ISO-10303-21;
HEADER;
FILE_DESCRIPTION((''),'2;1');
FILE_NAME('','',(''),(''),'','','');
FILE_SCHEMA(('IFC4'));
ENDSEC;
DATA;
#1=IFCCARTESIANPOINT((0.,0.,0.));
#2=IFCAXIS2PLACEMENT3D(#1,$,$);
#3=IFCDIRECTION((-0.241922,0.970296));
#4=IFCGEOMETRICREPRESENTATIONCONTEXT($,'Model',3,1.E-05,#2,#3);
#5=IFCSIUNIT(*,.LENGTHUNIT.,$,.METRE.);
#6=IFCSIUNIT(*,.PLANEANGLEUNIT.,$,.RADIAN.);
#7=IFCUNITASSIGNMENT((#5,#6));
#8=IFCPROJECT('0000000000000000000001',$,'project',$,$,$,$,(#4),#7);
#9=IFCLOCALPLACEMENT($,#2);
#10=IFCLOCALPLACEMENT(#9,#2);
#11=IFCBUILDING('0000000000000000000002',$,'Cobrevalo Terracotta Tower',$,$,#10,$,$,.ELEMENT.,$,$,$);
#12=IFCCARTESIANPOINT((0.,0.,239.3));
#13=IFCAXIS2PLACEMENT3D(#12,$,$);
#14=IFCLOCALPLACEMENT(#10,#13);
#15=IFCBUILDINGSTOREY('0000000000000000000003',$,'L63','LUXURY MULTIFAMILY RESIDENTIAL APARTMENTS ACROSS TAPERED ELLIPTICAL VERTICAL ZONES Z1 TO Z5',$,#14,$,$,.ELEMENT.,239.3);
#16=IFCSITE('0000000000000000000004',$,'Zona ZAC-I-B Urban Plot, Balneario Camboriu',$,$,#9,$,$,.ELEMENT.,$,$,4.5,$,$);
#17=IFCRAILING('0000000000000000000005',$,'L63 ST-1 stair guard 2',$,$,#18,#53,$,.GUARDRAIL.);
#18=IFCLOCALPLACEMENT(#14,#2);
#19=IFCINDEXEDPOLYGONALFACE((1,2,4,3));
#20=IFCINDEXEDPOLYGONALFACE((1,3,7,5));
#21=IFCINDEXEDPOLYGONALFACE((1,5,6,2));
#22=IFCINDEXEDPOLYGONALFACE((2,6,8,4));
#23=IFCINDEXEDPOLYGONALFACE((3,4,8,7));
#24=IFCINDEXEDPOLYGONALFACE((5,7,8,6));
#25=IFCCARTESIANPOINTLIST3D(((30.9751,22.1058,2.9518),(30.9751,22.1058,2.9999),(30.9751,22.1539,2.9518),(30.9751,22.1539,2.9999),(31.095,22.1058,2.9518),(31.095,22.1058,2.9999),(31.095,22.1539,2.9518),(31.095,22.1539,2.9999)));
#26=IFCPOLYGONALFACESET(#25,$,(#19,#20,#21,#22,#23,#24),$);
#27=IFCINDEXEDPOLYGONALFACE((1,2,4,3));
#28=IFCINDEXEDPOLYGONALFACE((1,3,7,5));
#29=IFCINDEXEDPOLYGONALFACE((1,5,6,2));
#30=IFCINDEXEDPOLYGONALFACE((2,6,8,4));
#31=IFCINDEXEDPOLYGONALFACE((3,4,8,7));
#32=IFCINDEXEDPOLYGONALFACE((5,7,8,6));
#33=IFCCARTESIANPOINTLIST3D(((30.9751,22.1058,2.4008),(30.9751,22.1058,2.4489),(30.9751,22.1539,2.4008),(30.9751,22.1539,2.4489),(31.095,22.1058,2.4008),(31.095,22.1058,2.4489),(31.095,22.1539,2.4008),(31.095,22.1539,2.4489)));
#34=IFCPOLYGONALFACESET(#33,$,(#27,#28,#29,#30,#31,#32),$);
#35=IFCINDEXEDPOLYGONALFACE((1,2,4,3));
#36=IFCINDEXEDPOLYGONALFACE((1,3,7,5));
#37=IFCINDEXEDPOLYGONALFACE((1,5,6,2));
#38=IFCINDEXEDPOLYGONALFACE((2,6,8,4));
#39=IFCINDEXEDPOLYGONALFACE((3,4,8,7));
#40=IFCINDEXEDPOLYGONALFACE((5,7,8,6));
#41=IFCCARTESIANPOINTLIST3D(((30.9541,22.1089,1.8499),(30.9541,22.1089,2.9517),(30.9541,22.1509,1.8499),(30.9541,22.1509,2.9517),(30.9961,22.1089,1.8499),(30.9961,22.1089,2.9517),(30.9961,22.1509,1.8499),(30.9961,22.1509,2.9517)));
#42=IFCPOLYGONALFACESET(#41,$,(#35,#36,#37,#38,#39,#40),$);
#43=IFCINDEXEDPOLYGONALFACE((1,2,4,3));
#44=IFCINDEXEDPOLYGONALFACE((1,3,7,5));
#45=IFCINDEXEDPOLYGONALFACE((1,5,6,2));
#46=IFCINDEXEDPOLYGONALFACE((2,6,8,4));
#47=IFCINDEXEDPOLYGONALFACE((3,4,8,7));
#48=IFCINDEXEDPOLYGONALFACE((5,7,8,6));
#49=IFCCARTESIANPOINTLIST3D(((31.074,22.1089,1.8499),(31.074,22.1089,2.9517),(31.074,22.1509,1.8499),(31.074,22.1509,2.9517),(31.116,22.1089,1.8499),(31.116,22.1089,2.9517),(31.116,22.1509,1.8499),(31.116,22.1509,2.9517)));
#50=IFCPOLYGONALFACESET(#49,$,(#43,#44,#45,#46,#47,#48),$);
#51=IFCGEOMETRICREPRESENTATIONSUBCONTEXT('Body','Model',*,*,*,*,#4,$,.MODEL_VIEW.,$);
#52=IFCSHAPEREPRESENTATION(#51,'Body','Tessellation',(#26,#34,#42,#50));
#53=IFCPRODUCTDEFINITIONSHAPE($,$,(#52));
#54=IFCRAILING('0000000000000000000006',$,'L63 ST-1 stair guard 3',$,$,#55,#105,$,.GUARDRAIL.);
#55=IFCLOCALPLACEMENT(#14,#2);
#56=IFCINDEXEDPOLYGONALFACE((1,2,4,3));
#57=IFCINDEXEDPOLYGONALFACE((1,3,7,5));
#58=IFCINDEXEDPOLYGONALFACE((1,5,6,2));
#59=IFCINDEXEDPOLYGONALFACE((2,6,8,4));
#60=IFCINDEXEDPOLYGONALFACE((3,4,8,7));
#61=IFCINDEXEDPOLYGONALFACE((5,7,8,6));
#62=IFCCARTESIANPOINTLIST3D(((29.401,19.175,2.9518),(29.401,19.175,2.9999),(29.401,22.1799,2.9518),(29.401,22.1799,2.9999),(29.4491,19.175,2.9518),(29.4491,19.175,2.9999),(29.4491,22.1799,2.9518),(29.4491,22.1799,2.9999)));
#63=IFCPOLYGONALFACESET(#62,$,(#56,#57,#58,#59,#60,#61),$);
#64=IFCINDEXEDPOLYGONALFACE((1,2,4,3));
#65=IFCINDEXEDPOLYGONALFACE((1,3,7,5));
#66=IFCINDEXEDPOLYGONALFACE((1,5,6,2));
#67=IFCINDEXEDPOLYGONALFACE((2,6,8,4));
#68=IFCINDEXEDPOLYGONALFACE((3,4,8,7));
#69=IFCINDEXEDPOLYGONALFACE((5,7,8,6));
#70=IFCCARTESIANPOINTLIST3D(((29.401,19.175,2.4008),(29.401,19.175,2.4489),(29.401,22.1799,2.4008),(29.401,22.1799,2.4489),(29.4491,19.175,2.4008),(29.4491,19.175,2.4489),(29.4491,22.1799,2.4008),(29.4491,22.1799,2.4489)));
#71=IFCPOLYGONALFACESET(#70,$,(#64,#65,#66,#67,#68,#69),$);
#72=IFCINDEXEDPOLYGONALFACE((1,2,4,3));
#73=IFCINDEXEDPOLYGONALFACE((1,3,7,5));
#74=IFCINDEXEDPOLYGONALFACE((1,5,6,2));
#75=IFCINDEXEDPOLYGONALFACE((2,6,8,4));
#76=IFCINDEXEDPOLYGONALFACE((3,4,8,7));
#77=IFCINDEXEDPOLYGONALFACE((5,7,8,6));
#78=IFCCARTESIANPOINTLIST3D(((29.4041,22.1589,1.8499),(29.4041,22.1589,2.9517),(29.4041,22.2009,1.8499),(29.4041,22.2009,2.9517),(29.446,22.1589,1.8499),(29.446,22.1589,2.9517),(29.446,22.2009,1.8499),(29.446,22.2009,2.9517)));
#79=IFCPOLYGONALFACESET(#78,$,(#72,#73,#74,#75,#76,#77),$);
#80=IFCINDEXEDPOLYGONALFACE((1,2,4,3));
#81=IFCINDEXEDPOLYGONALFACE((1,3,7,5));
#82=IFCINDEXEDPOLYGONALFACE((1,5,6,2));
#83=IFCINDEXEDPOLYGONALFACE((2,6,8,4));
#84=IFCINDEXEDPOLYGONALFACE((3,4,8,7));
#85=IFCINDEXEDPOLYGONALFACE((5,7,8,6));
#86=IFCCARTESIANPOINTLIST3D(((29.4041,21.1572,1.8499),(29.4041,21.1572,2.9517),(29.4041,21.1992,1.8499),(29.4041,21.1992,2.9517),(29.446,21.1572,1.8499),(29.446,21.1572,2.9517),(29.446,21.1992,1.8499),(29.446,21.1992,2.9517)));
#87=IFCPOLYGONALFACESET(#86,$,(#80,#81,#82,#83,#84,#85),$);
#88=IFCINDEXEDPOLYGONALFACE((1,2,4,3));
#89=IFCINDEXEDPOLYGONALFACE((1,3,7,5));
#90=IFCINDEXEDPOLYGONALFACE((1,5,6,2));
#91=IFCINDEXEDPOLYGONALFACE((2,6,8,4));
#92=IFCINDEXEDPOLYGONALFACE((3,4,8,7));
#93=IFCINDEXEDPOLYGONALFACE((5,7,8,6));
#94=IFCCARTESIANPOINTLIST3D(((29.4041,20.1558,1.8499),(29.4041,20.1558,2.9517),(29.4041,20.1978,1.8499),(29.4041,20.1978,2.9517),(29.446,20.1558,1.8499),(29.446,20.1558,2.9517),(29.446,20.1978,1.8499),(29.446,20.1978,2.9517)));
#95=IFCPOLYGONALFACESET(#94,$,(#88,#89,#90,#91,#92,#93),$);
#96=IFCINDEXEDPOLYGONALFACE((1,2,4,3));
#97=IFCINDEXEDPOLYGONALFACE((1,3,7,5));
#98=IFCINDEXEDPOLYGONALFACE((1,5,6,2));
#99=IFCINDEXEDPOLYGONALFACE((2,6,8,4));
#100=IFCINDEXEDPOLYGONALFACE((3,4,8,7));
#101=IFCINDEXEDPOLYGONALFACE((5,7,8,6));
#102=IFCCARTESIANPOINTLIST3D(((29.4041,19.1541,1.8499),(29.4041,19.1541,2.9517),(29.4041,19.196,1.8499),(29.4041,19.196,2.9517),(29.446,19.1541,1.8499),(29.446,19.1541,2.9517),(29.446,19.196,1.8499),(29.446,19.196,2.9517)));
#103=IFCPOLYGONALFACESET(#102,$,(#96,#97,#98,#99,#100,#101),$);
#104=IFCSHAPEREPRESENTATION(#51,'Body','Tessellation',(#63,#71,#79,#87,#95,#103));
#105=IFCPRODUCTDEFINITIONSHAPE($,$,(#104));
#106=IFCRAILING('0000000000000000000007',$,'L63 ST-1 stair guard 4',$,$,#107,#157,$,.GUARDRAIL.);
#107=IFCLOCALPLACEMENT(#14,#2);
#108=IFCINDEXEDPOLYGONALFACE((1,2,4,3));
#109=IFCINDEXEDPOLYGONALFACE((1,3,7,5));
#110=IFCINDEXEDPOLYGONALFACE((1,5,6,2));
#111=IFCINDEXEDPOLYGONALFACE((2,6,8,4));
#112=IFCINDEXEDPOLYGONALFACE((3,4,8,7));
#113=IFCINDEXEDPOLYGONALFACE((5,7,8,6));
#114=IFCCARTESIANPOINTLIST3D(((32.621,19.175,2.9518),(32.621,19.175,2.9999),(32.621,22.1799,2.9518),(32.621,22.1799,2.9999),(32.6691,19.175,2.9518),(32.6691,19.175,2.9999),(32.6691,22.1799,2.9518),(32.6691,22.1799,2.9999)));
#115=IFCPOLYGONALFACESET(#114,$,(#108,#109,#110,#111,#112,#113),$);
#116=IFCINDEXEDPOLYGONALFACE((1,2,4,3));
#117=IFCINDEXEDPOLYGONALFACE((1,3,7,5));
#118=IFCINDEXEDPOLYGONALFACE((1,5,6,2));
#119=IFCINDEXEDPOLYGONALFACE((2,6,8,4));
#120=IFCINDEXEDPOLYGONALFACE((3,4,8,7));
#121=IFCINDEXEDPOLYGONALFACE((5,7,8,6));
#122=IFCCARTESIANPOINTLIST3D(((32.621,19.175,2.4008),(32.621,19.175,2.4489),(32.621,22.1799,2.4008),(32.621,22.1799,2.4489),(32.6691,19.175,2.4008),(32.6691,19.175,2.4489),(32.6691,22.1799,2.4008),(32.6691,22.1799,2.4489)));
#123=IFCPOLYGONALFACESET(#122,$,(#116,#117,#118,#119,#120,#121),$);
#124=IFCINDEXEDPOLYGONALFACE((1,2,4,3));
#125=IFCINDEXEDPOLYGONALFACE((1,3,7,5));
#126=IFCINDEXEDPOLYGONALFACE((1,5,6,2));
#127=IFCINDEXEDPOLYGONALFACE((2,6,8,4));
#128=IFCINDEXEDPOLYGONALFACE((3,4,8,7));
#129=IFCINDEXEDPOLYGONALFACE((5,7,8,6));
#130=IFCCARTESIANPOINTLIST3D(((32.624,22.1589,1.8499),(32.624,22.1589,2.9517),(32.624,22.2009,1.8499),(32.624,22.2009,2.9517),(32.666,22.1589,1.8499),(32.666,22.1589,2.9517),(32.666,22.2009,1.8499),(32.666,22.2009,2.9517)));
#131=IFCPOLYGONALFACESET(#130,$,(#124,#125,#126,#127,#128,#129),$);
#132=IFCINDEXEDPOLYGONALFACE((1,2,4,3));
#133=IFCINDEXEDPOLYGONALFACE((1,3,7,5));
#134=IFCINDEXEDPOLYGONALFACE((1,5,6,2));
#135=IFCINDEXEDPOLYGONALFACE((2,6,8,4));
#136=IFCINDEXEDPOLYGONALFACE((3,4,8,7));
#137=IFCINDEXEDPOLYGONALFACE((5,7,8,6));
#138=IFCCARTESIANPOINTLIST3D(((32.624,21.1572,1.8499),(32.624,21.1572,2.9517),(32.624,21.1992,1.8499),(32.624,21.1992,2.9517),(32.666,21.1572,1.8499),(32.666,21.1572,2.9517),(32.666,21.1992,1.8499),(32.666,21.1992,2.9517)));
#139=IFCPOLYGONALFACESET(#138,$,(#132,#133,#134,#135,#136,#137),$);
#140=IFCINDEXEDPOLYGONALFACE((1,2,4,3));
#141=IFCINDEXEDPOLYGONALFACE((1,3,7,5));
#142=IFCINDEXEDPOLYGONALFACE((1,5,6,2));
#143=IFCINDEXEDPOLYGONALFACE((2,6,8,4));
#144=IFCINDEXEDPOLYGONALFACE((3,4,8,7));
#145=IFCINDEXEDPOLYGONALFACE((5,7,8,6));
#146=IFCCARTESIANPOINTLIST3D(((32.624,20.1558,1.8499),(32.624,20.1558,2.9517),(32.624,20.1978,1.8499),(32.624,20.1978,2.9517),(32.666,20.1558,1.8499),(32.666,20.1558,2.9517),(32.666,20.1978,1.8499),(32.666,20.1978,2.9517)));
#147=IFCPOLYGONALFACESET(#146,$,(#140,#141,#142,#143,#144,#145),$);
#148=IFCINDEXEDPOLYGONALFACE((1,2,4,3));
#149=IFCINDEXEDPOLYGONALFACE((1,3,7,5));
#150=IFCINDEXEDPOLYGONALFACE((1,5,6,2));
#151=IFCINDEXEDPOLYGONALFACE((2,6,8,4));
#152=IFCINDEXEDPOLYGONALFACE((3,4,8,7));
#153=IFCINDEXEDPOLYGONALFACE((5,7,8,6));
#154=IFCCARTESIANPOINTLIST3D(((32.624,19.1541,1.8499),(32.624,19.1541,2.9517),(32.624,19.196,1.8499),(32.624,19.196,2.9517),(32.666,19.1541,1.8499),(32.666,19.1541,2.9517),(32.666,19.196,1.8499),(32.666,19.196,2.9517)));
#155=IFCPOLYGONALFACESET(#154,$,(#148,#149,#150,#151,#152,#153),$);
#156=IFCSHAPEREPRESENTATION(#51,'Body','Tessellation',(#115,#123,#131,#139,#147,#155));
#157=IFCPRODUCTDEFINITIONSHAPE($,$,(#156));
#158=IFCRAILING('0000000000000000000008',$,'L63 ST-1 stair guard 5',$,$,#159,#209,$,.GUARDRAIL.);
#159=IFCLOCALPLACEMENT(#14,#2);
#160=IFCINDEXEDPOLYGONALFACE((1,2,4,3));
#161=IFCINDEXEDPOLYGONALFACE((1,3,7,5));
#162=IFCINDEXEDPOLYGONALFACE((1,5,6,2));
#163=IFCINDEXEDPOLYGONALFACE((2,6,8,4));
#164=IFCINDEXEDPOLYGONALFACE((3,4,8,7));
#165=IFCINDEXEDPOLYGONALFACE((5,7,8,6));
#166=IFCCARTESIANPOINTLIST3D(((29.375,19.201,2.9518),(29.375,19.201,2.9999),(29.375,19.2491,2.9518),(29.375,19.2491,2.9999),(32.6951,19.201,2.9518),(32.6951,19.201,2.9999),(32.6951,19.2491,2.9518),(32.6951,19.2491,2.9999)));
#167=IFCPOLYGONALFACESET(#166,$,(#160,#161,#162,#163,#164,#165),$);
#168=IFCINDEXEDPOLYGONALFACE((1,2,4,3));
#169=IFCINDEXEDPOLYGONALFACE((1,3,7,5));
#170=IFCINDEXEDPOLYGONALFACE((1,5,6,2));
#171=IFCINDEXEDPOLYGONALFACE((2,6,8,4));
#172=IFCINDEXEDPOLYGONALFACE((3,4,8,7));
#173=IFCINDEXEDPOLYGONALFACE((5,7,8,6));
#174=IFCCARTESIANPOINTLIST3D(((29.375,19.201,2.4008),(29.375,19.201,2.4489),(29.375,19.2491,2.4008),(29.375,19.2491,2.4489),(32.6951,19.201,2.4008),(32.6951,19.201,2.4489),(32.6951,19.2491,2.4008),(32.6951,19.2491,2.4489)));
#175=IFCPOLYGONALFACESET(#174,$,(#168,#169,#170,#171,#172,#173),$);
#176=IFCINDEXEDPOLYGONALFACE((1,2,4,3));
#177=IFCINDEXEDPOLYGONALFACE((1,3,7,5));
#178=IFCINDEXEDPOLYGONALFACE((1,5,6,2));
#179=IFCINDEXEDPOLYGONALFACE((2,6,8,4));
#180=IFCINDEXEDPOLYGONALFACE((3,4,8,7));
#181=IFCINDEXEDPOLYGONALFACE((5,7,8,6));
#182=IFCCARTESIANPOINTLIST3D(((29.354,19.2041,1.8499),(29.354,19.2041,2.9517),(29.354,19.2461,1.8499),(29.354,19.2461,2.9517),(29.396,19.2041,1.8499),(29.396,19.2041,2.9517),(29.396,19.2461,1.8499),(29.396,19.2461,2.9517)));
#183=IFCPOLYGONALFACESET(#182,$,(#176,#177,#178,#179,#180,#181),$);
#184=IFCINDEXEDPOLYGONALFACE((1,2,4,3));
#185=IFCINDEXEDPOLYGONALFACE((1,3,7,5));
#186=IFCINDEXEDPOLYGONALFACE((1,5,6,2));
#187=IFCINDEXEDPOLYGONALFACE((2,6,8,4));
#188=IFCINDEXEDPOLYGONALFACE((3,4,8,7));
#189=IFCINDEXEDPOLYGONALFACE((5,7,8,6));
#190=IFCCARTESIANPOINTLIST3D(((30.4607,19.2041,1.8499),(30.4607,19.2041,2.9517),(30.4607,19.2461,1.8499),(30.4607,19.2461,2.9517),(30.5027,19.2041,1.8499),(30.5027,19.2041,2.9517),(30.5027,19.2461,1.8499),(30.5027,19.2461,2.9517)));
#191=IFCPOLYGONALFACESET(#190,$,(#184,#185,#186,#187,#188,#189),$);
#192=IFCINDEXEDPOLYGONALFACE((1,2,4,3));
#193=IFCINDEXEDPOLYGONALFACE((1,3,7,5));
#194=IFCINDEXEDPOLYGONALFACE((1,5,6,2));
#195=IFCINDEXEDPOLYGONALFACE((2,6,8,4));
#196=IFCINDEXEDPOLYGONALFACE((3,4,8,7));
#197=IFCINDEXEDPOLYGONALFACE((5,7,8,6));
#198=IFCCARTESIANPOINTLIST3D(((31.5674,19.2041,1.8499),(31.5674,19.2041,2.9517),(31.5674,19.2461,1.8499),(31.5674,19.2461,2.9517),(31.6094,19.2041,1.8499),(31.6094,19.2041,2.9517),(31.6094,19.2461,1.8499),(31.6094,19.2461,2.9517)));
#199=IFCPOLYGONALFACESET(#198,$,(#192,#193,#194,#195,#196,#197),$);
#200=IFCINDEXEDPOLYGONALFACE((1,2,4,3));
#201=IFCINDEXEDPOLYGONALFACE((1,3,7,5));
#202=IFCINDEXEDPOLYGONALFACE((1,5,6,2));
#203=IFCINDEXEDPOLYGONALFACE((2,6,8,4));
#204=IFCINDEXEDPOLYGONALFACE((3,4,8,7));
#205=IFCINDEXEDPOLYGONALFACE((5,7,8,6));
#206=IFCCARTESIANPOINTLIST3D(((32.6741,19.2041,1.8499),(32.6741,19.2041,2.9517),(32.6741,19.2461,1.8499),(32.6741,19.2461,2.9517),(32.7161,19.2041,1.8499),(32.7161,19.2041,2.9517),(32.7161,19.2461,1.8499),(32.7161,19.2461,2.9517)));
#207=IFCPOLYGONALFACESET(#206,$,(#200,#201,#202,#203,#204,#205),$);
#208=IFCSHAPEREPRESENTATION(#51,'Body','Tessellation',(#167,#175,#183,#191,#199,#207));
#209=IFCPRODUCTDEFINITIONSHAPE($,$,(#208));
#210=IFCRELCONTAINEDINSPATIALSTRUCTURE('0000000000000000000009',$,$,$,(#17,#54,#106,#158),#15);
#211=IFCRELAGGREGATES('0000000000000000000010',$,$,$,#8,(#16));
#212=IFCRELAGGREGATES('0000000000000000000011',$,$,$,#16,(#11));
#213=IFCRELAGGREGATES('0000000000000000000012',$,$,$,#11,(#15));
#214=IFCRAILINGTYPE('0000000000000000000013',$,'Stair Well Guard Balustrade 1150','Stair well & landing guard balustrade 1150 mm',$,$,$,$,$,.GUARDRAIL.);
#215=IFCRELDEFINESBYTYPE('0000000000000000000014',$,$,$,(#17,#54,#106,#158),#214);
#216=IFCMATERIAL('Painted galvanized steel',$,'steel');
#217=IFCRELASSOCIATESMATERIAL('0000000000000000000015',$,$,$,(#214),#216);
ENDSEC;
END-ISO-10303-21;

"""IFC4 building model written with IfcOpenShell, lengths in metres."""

from ifc_helpers import new_model, si_unit, direction, frame, origin, origin_2d, place, context, subcontext, project, spatial, rectangle, extrude, material, type_object, element, save


model = new_model("IFC4")

# Units and contexts
model_context = context("Model", 3, precision=1e-05, world=origin(), true_north=direction((-0.241922, 0.970296)))
body_context = subcontext(model_context, "Body", "Model", "MODEL_VIEW")
ifc_project = project(units=[si_unit("LENGTHUNIT", "METRE"), si_unit("PLANEANGLEUNIT", "RADIAN")], contexts=[model_context])

# Site, building, storey
site_placement = place(None, origin())
site = spatial("IfcSite", under=ifc_project, at=site_placement, Name="Zona ZAC-I-B Urban Plot, Balneario Camboriu", CompositionType="ELEMENT", RefElevation=4.5)
building_placement = place(site_placement, origin())
building = spatial("IfcBuilding", under=site, at=building_placement, Name="Cobrevalo Terracotta Tower", CompositionType="ELEMENT")
storey_placement = place(building_placement, frame((0.0, 0.0, 239.3)))
storey = spatial("IfcBuildingStorey", under=building, at=storey_placement, Name="L63", Description="LUXURY MULTIFAMILY RESIDENTIAL APARTMENTS ACROSS TAPERED ELLIPTICAL VERTICAL ZONES Z1 TO Z5", CompositionType="ELEMENT", Elevation=239.3)

# Railings
ifc_material_1 = material(Name="Painted galvanized steel", Category="steel")
railing_type_1 = type_object("IfcRailingType", Name="Stair Well Guard Balustrade 1150", Description="Stair well & landing guard balustrade 1150 mm", PredefinedType="GUARDRAIL", material=ifc_material_1)
railing_1_placement = place(storey_placement, frame((30.9751, 22.1299, 1.8499)))
element("IfcRailing", 1, at=railing_1_placement, inside=storey, type_object=railing_type_1, Name="L63 ST-1 stair guard 2", PredefinedType="GUARDRAIL", context=body_context, shape_type="SweptSolid", body=[
    extrude(rectangle(XDim=0.0481, YDim=0.0481, at=origin_2d()), frame((0.0, 0.0, 1.126), z_axis=(1.0, 0.0, 0.0), x_axis=(0.0, 1.0, 0.0)), (0.0, 0.0, 1.0), 0.1199),
    extrude(rectangle(XDim=0.0481, YDim=0.0481, at=origin_2d()), frame((0.0, 0.0, 0.575), z_axis=(1.0, 0.0, 0.0), x_axis=(0.0, 1.0, 0.0)), (0.0, 0.0, 1.0), 0.1199),
    extrude(rectangle(XDim=0.042, YDim=0.042, at=origin_2d()), origin(), (0.0, 0.0, 1.0), 1.1018),
    extrude(rectangle(XDim=0.042, YDim=0.042, at=origin_2d()), frame((0.1199, 0.0, 0.0)), (0.0, 0.0, 1.0), 1.1018),
])
for number, where, name in (
    (2, (29.425, 22.1799, 1.8499), "L63 ST-1 stair guard 3"),
    (3, (32.645, 22.1799, 1.8499), "L63 ST-1 stair guard 4"),
):
    element("IfcRailing", number, at=place(storey_placement, frame(where)), inside=storey, type_object=railing_type_1, Name=name, PredefinedType="GUARDRAIL", context=body_context, shape_type="SweptSolid", body=[
        extrude(rectangle(XDim=0.0481, YDim=0.0481, at=origin_2d()), frame((0.0, 0.0, 1.126), z_axis=(0.0, -1.0, 0.0), x_axis=(1.0, 0.0, 0.0)), (0.0, 0.0, 1.0), 3.0049),
        extrude(rectangle(XDim=0.0481, YDim=0.0481, at=origin_2d()), frame((0.0, 0.0, 0.575), z_axis=(0.0, -1.0, 0.0), x_axis=(1.0, 0.0, 0.0)), (0.0, 0.0, 1.0), 3.0049),
        extrude(rectangle(XDim=0.042, YDim=0.042, at=origin_2d()), origin(), (0.0, 0.0, 1.0), 1.1018),
        extrude(rectangle(XDim=0.042, YDim=0.042, at=origin_2d()), frame((0.0, -1.0017, 0.0)), (0.0, 0.0, 1.0), 1.1018),
        extrude(rectangle(XDim=0.042, YDim=0.042, at=origin_2d()), frame((0.0, -2.0032, 0.0)), (0.0, 0.0, 1.0), 1.1018),
        extrude(rectangle(XDim=0.042, YDim=0.042, at=origin_2d()), frame((0.0, -3.0049, 0.0)), (0.0, 0.0, 1.0), 1.1018),
    ])
railing_2_placement = place(storey_placement, frame((29.375, 19.2251, 1.8499)))
element("IfcRailing", 4, at=railing_2_placement, inside=storey, type_object=railing_type_1, Name="L63 ST-1 stair guard 5", PredefinedType="GUARDRAIL", context=body_context, shape_type="SweptSolid", body=[
    extrude(rectangle(XDim=0.0481, YDim=0.0481, at=origin_2d()), frame((0.0, 0.0, 1.126), z_axis=(1.0, 0.0, 0.0), x_axis=(0.0, 1.0, 0.0)), (0.0, 0.0, 1.0), 3.3201),
    extrude(rectangle(XDim=0.0481, YDim=0.0481, at=origin_2d()), frame((0.0, 0.0, 0.575), z_axis=(1.0, 0.0, 0.0), x_axis=(0.0, 1.0, 0.0)), (0.0, 0.0, 1.0), 3.3201),
    extrude(rectangle(XDim=0.042, YDim=0.042, at=origin_2d()), origin(), (0.0, 0.0, 1.0), 1.1018),
    extrude(rectangle(XDim=0.042, YDim=0.042, at=origin_2d()), frame((1.1067, 0.0, 0.0)), (0.0, 0.0, 1.0), 1.1018),
    extrude(rectangle(XDim=0.042, YDim=0.042, at=origin_2d()), frame((2.2134, 0.0, 0.0)), (0.0, 0.0, 1.0), 1.1018),
    extrude(rectangle(XDim=0.042, YDim=0.042, at=origin_2d()), frame((3.3201, 0.0, 0.0)), (0.0, 0.0, 1.0), 1.1018),
])

save(model, "model.ifc")
